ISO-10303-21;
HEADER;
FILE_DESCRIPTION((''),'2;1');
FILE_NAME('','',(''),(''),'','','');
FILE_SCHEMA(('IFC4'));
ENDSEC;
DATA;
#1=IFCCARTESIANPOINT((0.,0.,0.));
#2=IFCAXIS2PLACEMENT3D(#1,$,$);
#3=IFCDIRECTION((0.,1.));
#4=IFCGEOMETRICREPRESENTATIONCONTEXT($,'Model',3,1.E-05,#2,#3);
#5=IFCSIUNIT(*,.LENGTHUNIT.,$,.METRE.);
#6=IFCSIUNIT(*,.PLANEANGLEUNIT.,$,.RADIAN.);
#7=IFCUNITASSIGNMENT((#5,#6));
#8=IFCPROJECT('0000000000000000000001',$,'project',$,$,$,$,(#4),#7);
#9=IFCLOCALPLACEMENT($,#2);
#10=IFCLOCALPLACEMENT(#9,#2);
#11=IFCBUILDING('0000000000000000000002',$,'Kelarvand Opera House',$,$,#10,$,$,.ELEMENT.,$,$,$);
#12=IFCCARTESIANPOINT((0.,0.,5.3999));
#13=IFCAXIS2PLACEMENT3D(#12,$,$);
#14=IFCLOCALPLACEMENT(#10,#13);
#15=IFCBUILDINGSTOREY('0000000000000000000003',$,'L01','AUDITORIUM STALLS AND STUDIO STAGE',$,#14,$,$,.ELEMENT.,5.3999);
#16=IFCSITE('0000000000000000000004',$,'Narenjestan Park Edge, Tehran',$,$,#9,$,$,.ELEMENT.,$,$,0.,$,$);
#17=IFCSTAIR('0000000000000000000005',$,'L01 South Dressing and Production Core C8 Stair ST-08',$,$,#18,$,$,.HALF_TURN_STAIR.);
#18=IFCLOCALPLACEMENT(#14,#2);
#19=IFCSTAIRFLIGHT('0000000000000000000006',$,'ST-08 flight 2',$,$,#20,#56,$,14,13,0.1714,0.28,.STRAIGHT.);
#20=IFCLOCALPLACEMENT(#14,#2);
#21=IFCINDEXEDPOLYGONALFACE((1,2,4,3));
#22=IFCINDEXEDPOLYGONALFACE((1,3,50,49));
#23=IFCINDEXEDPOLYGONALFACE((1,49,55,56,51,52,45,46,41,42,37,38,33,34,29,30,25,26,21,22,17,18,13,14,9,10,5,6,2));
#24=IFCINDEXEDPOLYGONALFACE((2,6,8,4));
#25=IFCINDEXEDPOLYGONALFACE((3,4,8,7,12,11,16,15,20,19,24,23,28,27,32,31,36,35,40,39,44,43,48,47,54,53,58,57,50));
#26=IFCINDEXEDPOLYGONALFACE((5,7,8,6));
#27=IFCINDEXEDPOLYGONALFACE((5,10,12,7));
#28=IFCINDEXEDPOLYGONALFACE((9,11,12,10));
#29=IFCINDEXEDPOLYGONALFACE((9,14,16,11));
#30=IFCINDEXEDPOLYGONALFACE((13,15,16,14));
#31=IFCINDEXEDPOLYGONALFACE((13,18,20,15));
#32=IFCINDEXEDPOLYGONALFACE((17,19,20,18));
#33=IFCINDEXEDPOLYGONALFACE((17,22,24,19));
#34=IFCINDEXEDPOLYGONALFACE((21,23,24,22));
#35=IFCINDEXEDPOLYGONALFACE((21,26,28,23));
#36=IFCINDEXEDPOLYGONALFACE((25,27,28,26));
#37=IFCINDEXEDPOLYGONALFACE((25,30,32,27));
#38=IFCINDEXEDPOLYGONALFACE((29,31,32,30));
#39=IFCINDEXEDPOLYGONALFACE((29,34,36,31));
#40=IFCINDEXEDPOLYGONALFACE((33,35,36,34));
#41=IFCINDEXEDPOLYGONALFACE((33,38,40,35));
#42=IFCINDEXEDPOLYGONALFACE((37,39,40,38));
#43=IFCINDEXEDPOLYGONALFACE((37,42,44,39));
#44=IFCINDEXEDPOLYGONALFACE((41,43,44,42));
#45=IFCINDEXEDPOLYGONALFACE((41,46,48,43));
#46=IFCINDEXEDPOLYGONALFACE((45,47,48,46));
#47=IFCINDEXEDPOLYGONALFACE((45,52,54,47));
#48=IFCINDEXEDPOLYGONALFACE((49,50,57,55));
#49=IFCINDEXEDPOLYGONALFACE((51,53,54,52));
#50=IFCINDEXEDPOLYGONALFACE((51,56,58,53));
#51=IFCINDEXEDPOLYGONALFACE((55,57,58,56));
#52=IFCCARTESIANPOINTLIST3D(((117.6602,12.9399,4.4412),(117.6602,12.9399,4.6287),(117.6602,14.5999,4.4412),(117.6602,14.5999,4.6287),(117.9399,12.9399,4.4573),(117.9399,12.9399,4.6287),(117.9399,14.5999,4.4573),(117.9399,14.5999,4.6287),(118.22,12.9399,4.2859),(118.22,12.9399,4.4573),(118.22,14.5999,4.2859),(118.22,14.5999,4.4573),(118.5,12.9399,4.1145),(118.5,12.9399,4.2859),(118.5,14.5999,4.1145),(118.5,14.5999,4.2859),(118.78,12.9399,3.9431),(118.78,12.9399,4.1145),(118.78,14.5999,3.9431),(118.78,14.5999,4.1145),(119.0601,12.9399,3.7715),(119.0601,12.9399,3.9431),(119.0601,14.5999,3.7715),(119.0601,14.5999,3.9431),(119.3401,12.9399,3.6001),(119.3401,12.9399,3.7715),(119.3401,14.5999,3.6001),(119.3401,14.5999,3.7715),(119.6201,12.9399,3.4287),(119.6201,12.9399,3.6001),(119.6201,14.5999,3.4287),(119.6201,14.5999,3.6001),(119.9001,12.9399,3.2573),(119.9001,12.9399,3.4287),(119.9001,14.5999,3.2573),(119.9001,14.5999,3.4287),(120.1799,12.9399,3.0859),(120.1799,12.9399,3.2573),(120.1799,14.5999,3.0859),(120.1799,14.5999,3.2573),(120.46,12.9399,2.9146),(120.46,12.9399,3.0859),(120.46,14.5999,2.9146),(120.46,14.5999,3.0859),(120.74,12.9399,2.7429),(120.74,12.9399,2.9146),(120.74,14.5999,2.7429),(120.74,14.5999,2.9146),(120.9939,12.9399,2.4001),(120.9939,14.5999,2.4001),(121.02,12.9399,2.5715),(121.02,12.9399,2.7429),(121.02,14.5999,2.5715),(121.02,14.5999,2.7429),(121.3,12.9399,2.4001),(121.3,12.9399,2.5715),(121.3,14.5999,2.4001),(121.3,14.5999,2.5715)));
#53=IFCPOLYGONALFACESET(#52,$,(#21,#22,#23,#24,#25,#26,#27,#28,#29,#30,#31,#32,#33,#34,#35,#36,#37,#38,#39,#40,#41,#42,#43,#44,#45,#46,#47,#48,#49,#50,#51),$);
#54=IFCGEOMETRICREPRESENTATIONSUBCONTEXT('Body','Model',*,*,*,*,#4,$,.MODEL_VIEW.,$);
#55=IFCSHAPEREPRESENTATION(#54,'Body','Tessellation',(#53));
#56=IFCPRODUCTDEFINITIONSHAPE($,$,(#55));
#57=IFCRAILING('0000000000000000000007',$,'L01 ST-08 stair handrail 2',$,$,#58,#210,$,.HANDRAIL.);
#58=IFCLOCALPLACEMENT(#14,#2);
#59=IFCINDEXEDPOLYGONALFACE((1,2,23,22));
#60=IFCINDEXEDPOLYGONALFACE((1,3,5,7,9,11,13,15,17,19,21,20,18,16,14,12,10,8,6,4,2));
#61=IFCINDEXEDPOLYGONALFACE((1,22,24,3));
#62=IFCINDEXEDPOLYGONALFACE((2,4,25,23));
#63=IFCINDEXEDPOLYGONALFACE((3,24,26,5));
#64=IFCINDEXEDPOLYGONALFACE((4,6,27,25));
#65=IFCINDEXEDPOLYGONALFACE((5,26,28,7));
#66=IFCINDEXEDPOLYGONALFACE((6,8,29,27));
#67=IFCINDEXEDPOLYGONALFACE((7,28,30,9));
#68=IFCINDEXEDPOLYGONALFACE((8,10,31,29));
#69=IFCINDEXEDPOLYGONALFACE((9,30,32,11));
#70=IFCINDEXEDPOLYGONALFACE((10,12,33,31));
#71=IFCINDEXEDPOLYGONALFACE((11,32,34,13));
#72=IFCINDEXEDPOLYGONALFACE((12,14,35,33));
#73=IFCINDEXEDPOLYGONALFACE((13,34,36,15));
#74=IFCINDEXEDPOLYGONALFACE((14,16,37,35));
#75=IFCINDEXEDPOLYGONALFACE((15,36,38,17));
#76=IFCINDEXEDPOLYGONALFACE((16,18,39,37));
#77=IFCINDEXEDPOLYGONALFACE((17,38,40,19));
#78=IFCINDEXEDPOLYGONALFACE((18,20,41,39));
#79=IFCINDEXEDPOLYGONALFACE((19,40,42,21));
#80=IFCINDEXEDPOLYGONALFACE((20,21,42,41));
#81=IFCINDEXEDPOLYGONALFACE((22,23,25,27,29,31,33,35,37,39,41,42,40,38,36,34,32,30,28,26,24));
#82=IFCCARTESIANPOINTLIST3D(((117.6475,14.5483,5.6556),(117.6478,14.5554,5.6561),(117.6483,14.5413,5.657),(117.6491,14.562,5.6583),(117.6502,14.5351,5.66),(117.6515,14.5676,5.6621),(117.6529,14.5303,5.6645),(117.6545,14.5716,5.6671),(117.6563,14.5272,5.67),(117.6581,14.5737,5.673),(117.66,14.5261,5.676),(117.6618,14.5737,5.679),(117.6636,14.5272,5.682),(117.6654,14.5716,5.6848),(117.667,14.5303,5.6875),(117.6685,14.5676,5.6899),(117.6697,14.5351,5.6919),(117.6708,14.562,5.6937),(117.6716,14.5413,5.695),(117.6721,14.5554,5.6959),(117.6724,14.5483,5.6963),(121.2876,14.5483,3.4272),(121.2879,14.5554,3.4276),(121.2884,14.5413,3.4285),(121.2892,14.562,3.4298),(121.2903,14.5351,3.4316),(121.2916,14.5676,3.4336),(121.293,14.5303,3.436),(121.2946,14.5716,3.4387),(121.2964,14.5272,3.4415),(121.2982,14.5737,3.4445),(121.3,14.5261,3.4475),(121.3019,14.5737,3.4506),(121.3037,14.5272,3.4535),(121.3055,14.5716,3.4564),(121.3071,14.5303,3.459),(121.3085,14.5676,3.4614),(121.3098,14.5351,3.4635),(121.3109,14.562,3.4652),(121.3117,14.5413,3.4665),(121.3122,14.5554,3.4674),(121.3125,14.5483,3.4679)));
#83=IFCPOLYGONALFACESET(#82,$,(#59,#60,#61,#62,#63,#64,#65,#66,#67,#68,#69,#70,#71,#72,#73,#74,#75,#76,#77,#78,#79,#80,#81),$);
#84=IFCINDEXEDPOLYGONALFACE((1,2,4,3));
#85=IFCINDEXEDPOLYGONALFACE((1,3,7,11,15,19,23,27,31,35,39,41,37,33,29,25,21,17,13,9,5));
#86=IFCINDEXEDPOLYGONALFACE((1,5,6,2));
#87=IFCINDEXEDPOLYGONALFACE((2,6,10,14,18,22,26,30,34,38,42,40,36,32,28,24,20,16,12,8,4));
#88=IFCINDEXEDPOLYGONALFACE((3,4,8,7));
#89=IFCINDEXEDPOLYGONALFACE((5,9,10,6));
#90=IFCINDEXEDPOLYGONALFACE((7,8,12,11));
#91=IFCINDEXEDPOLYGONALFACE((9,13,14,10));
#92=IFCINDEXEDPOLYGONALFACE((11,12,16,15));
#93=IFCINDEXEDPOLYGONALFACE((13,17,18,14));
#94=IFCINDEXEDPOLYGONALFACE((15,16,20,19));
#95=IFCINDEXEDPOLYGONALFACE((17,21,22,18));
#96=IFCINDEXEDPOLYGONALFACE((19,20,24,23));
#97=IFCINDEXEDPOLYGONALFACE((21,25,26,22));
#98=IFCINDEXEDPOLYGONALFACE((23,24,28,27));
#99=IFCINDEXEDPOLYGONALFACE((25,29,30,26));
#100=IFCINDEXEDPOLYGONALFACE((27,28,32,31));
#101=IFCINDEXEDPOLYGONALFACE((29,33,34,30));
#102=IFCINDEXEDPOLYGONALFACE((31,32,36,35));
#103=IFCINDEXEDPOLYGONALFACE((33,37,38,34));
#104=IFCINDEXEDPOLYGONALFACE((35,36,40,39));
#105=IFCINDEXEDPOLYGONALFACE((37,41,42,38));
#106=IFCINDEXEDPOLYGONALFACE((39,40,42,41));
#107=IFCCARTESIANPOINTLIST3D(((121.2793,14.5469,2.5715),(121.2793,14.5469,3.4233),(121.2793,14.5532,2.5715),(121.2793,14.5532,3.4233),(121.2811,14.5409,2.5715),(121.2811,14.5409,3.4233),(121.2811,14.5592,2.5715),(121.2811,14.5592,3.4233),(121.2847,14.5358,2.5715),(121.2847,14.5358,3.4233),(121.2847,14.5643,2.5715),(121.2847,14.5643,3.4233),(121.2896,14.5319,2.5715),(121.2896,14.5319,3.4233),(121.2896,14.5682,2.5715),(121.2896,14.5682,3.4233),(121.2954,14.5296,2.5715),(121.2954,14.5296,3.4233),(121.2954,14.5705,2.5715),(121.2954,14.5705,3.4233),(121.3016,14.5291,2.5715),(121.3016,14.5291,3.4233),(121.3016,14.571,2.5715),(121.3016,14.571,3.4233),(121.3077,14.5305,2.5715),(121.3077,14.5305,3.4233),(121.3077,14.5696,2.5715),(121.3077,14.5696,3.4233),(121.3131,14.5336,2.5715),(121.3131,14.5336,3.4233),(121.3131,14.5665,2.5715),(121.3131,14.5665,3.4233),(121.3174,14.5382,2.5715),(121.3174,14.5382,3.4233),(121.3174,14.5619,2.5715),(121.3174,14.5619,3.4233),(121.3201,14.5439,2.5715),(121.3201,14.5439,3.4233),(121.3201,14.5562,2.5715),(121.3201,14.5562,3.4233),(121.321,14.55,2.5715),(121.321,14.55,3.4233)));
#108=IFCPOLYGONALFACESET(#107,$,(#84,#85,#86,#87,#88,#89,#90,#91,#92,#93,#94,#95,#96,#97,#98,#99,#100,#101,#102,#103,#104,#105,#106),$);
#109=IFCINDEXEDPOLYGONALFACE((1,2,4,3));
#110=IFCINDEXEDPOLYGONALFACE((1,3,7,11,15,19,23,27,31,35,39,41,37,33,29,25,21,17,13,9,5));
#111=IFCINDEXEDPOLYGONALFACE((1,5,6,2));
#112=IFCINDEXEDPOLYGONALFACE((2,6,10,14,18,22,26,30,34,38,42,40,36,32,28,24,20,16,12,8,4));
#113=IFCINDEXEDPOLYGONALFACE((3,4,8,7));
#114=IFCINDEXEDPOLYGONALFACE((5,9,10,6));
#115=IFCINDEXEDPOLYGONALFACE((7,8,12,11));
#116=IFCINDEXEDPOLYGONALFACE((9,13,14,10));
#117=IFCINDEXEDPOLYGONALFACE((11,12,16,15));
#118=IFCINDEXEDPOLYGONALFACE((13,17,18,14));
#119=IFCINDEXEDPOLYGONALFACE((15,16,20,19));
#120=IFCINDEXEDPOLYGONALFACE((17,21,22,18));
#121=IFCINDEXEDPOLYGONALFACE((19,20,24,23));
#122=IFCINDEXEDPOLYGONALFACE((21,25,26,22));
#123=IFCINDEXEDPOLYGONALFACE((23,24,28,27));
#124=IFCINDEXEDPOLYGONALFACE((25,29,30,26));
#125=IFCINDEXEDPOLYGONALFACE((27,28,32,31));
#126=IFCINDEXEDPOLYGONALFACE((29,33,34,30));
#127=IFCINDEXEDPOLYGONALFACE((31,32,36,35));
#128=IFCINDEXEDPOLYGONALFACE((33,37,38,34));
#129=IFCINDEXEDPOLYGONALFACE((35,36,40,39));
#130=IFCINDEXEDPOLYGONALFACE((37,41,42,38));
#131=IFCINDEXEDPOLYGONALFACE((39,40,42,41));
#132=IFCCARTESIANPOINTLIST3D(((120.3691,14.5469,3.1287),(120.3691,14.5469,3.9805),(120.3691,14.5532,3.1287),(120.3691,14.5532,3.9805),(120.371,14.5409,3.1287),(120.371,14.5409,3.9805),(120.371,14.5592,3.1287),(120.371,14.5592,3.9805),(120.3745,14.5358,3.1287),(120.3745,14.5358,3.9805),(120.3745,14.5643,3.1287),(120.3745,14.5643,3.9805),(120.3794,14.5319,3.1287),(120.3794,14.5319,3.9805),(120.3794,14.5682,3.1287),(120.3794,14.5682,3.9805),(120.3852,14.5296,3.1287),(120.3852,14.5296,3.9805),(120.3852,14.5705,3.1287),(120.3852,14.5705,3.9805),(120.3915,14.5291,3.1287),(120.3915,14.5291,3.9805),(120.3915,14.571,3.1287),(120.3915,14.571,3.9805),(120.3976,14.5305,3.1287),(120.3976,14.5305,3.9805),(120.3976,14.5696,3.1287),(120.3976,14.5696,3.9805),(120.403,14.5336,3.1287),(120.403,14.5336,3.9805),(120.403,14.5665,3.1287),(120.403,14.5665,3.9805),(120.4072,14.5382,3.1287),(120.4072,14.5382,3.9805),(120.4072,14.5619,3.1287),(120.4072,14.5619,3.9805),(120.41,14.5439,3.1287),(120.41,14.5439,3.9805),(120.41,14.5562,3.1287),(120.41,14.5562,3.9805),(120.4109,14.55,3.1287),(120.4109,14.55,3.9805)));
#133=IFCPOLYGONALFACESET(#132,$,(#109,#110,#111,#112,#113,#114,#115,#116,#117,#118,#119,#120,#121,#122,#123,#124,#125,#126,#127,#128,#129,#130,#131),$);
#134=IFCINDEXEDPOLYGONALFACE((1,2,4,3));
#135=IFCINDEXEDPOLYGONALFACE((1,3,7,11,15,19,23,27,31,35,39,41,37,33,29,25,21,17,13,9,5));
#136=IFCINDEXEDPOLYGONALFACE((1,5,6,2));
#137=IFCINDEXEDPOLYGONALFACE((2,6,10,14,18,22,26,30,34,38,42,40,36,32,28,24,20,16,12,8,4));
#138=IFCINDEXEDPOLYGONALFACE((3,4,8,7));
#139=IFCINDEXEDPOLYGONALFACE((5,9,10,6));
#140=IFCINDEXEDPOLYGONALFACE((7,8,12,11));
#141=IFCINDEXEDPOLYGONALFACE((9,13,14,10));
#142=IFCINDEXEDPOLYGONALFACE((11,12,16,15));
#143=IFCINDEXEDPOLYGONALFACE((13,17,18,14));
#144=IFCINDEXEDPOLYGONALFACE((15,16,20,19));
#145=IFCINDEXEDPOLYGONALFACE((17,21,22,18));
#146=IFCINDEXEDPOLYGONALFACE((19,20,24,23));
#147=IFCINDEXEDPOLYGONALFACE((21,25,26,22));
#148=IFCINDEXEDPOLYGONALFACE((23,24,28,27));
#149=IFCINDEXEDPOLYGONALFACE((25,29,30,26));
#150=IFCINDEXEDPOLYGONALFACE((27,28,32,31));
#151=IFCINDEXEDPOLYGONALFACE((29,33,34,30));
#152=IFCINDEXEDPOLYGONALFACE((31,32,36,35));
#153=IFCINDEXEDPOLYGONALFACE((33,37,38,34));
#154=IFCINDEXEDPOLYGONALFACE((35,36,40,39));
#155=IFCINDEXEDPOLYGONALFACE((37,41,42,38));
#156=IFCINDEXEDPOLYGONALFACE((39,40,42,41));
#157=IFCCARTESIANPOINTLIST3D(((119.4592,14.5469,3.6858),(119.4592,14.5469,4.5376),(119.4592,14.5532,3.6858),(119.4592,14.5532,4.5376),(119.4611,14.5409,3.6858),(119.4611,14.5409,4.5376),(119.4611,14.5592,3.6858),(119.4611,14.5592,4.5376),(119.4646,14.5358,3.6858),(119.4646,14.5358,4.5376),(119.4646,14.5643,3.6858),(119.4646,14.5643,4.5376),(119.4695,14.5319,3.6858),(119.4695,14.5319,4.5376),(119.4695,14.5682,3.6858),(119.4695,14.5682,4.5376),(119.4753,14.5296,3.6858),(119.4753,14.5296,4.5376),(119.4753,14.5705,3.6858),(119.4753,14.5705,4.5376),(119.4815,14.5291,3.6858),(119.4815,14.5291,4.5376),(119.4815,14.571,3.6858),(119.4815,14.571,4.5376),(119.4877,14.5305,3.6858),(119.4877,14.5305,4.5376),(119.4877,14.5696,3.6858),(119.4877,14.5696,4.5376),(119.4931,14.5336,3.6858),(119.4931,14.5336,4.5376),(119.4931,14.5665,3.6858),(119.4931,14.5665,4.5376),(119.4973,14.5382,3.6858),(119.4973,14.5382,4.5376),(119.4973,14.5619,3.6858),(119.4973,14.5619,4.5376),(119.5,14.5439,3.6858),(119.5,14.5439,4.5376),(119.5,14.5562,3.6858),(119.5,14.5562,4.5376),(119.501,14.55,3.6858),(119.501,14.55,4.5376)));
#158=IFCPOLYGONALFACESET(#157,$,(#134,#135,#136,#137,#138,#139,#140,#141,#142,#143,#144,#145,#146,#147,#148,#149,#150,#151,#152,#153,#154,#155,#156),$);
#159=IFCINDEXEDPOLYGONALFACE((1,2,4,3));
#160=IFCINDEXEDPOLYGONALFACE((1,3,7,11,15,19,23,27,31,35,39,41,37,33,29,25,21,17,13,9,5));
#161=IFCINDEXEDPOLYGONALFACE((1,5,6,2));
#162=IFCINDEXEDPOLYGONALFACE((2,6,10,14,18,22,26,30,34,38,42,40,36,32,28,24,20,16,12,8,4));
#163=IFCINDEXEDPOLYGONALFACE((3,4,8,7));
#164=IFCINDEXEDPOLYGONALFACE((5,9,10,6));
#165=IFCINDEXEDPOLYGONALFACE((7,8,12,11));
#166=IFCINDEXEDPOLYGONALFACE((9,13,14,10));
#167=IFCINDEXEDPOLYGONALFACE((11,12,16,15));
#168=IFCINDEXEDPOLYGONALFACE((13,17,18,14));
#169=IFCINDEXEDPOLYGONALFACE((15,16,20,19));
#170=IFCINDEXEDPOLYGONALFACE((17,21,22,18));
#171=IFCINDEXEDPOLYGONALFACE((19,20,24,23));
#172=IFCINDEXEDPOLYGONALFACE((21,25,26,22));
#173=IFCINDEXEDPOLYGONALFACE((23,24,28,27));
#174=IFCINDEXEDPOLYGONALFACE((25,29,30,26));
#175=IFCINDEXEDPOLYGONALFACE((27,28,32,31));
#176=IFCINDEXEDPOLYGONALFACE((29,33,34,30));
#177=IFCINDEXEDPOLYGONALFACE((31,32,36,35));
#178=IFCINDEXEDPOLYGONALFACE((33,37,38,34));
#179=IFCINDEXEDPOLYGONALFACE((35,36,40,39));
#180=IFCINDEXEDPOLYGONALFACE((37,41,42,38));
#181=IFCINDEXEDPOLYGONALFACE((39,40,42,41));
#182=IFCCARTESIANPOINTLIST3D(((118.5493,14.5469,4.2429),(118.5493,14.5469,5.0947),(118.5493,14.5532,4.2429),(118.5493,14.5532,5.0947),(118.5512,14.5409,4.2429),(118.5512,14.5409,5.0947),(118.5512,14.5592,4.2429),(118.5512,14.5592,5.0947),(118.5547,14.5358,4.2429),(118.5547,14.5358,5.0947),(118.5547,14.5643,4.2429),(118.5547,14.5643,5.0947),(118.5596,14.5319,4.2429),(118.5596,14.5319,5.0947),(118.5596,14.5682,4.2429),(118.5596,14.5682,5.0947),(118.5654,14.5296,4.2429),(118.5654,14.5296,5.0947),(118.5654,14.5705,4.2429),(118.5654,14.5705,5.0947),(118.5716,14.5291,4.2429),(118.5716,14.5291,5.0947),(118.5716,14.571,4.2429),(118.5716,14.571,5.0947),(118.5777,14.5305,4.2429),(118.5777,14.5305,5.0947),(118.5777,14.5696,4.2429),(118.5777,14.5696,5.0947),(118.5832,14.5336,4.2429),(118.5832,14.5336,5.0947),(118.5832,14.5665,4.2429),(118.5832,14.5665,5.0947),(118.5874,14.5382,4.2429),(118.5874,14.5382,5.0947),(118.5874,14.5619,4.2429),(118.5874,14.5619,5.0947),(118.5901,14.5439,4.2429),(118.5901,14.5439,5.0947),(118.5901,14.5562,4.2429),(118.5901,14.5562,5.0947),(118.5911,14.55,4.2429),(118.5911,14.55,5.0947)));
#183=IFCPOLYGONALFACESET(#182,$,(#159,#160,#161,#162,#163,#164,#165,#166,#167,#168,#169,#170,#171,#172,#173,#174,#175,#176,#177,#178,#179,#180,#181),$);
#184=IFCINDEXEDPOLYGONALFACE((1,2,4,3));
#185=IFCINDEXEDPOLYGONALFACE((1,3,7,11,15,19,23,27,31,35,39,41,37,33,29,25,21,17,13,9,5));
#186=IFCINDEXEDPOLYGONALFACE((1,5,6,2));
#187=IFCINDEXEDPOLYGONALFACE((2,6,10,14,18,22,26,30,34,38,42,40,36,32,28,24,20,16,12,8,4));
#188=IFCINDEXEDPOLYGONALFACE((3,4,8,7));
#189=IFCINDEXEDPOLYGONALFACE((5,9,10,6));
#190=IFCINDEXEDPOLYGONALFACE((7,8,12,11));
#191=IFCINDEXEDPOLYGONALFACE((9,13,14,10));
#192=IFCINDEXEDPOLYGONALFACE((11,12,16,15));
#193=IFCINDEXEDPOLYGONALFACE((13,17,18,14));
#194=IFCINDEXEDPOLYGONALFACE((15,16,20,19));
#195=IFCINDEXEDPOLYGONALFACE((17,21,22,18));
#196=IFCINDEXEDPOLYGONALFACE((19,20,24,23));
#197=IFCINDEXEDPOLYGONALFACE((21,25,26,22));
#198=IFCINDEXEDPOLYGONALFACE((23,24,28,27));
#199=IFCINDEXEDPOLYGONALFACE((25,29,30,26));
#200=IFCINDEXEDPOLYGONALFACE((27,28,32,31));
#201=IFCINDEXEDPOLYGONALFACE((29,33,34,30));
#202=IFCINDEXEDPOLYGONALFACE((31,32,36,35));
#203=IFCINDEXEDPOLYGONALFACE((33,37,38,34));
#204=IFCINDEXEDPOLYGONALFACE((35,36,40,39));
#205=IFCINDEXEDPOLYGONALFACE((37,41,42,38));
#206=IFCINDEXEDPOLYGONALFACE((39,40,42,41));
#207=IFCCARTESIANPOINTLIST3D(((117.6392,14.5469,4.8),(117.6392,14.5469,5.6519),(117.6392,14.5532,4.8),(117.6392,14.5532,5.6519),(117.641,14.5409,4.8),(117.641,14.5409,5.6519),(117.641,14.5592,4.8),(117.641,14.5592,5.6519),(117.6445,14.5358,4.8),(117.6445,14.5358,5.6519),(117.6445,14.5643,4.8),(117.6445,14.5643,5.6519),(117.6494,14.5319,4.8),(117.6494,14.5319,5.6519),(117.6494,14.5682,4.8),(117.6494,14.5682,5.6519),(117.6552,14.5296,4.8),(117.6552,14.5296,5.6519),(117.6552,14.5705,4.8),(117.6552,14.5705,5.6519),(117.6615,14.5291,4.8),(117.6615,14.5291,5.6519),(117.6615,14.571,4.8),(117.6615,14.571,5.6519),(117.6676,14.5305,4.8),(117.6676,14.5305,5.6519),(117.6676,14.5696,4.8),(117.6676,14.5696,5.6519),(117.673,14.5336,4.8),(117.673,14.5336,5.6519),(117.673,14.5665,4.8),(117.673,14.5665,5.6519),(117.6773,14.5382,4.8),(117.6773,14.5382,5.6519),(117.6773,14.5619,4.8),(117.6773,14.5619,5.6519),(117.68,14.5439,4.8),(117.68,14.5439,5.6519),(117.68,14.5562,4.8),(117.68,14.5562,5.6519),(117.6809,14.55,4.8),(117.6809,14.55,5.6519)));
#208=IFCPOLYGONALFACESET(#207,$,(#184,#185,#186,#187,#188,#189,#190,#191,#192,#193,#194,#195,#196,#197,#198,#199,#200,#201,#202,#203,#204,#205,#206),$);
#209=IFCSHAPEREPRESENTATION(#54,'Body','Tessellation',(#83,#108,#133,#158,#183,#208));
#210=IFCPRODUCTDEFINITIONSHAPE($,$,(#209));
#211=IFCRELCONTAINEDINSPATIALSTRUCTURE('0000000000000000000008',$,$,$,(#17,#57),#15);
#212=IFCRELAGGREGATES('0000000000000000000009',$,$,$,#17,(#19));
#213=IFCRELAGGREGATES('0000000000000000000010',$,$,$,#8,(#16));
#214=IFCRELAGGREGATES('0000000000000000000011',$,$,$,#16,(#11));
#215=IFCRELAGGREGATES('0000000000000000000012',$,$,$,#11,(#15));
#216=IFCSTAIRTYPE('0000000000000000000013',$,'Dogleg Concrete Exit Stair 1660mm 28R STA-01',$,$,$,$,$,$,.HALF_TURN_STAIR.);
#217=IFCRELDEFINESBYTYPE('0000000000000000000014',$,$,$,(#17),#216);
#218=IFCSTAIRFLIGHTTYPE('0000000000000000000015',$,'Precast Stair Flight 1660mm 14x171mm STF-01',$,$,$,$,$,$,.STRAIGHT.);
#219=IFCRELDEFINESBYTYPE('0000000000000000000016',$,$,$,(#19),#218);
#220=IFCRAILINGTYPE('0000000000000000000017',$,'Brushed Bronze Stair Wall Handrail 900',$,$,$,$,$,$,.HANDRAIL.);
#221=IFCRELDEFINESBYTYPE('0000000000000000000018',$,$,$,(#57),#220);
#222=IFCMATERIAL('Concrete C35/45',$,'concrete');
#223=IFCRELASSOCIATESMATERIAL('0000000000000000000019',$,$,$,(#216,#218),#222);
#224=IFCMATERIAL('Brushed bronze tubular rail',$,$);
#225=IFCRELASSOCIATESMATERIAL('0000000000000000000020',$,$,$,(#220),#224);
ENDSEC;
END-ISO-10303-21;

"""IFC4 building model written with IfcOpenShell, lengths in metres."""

from ifc_helpers import new_model, si_unit, direction, frame, origin, origin_2d, place, context, subcontext, project, spatial, polyline, circle, outline, extrude, material, type_object, element, aggregate, save


model = new_model("IFC4")

# Units and contexts
model_context = context("Model", 3, precision=1e-05, world=origin(), true_north=direction((0.0, 1.0)))
body_context = subcontext(model_context, "Body", "Model", "MODEL_VIEW")
ifc_project = project(units=[si_unit("LENGTHUNIT", "METRE"), si_unit("PLANEANGLEUNIT", "RADIAN")], contexts=[model_context])

# Site, building, storey
site_placement = place(None, origin())
site = spatial("IfcSite", under=ifc_project, at=site_placement, Name="Narenjestan Park Edge, Tehran", CompositionType="ELEMENT", RefElevation=0.0)
building_placement = place(site_placement, origin())
building = spatial("IfcBuilding", under=site, at=building_placement, Name="Kelarvand Opera House", CompositionType="ELEMENT")
storey_placement = place(building_placement, frame((0.0, 0.0, 5.3999)))
storey = spatial("IfcBuildingStorey", under=building, at=storey_placement, Name="L01", Description="AUDITORIUM STALLS AND STUDIO STAGE", CompositionType="ELEMENT", Elevation=5.3999)

# Shared definitions
ifc_material_1 = material(Name="Concrete C35/45", Category="concrete")

# Stair, stair flight
stair_type = type_object("IfcStairType", Name="Dogleg Concrete Exit Stair 1660mm 28R STA-01", PredefinedType="HALF_TURN_STAIR", material=ifc_material_1)
stair_placement = place(storey_placement, origin())
stair = element("IfcStair", 1, at=stair_placement, inside=storey, type_object=stair_type, Name="L01 South Dressing and Production Core C8 Stair ST-08", PredefinedType="HALF_TURN_STAIR")
stair_flight_type = type_object("IfcStairFlightType", Name="Precast Stair Flight 1660mm 14x171mm STF-01", PredefinedType="STRAIGHT", material=ifc_material_1)
stair_flight_placement = place(storey_placement, frame((121.3, 13.77, 2.4001), z_axis=(0.0, 0.0, 1.0), x_axis=(-1.0, 0.0, 0.0)))
stair_flight = element("IfcStairFlight", 2, at=stair_flight_placement, type_object=stair_flight_type, Name="ST-08 flight 2", NumberOfRisers=14, NumberOfTreads=13, PredefinedType="STRAIGHT", RiserHeight=0.1714, TreadLength=0.28, context=body_context, shape_type="SweptSolid", body=[
    extrude(outline(polyline([(0.0, 0.0), (0.0, 0.1714), (0.28, 0.1714), (0.28, 0.3428), (0.5601, 0.3428), (0.5601, 0.5144), (0.8401, 0.5144), (0.8401, 0.6858), (1.1201, 0.6858), (1.1201, 0.8572), (1.3999, 0.8572), (1.3999, 1.0286), (1.6799, 1.0286), (1.6799, 1.2), (1.96, 1.2), (1.96, 1.3713), (2.24, 1.3713), (2.24, 1.543), (2.52, 1.543), (2.52, 1.7144), (2.8, 1.7144), (2.8, 1.8857), (3.0801, 1.8857), (3.0801, 2.0571), (3.3601, 2.0571), (3.3601, 2.2285), (3.6399, 2.2285), (3.6399, 2.3999), (3.6399, 2.041), (0.3062, 0.0), (0.0, 0.0)])), frame((0.0, 0.8301, 0.0), z_axis=(0.0, -1.0, 0.0), x_axis=(1.0, 0.0, 0.0)), (0.0, 0.0, 1.0), 1.6599),
])
aggregate(stair, [stair_flight])

# Railing
ifc_material_2 = material(Name="Brushed bronze tubular rail")
railing_type_1 = type_object("IfcRailingType", Name="Brushed Bronze Stair Wall Handrail 900", PredefinedType="HANDRAIL", material=ifc_material_2)
railing_1_placement = place(storey_placement, frame((121.3, 14.55, 2.5715)))
element("IfcRailing", 3, at=railing_1_placement, inside=storey, type_object=railing_type_1, Name="L01 ST-08 stair handrail 2", PredefinedType="HANDRAIL", context=body_context, shape_type="SweptSolid", body=[
    extrude(circle(Radius=0.0239, at=origin_2d()), frame((0.0, 0.0, 0.876), z_axis=(-0.852866, 0.0, 0.52213), x_axis=(0.0, -1.0, 0.0)), (0.0, 0.0, 1.0), 4.2681),
    extrude(circle(Radius=0.021, at=origin_2d()), origin(), (0.0, 0.0, 1.0), 0.8518),
    extrude(circle(Radius=0.021, at=origin_2d()), frame((-0.9102, 0.0, 0.5571)), (0.0, 0.0, 1.0), 0.8518),
    extrude(circle(Radius=0.021, at=origin_2d()), frame((-1.8201, 0.0, 1.1143)), (0.0, 0.0, 1.0), 0.8518),
    extrude(circle(Radius=0.021, at=origin_2d()), frame((-2.73, 0.0, 1.6714)), (0.0, 0.0, 1.0), 0.8518),
    extrude(circle(Radius=0.021, at=origin_2d()), frame((-3.6401, 0.0, 2.2285)), (0.0, 0.0, 1.0), 0.8518),
])

save(model, "model.ifc")
